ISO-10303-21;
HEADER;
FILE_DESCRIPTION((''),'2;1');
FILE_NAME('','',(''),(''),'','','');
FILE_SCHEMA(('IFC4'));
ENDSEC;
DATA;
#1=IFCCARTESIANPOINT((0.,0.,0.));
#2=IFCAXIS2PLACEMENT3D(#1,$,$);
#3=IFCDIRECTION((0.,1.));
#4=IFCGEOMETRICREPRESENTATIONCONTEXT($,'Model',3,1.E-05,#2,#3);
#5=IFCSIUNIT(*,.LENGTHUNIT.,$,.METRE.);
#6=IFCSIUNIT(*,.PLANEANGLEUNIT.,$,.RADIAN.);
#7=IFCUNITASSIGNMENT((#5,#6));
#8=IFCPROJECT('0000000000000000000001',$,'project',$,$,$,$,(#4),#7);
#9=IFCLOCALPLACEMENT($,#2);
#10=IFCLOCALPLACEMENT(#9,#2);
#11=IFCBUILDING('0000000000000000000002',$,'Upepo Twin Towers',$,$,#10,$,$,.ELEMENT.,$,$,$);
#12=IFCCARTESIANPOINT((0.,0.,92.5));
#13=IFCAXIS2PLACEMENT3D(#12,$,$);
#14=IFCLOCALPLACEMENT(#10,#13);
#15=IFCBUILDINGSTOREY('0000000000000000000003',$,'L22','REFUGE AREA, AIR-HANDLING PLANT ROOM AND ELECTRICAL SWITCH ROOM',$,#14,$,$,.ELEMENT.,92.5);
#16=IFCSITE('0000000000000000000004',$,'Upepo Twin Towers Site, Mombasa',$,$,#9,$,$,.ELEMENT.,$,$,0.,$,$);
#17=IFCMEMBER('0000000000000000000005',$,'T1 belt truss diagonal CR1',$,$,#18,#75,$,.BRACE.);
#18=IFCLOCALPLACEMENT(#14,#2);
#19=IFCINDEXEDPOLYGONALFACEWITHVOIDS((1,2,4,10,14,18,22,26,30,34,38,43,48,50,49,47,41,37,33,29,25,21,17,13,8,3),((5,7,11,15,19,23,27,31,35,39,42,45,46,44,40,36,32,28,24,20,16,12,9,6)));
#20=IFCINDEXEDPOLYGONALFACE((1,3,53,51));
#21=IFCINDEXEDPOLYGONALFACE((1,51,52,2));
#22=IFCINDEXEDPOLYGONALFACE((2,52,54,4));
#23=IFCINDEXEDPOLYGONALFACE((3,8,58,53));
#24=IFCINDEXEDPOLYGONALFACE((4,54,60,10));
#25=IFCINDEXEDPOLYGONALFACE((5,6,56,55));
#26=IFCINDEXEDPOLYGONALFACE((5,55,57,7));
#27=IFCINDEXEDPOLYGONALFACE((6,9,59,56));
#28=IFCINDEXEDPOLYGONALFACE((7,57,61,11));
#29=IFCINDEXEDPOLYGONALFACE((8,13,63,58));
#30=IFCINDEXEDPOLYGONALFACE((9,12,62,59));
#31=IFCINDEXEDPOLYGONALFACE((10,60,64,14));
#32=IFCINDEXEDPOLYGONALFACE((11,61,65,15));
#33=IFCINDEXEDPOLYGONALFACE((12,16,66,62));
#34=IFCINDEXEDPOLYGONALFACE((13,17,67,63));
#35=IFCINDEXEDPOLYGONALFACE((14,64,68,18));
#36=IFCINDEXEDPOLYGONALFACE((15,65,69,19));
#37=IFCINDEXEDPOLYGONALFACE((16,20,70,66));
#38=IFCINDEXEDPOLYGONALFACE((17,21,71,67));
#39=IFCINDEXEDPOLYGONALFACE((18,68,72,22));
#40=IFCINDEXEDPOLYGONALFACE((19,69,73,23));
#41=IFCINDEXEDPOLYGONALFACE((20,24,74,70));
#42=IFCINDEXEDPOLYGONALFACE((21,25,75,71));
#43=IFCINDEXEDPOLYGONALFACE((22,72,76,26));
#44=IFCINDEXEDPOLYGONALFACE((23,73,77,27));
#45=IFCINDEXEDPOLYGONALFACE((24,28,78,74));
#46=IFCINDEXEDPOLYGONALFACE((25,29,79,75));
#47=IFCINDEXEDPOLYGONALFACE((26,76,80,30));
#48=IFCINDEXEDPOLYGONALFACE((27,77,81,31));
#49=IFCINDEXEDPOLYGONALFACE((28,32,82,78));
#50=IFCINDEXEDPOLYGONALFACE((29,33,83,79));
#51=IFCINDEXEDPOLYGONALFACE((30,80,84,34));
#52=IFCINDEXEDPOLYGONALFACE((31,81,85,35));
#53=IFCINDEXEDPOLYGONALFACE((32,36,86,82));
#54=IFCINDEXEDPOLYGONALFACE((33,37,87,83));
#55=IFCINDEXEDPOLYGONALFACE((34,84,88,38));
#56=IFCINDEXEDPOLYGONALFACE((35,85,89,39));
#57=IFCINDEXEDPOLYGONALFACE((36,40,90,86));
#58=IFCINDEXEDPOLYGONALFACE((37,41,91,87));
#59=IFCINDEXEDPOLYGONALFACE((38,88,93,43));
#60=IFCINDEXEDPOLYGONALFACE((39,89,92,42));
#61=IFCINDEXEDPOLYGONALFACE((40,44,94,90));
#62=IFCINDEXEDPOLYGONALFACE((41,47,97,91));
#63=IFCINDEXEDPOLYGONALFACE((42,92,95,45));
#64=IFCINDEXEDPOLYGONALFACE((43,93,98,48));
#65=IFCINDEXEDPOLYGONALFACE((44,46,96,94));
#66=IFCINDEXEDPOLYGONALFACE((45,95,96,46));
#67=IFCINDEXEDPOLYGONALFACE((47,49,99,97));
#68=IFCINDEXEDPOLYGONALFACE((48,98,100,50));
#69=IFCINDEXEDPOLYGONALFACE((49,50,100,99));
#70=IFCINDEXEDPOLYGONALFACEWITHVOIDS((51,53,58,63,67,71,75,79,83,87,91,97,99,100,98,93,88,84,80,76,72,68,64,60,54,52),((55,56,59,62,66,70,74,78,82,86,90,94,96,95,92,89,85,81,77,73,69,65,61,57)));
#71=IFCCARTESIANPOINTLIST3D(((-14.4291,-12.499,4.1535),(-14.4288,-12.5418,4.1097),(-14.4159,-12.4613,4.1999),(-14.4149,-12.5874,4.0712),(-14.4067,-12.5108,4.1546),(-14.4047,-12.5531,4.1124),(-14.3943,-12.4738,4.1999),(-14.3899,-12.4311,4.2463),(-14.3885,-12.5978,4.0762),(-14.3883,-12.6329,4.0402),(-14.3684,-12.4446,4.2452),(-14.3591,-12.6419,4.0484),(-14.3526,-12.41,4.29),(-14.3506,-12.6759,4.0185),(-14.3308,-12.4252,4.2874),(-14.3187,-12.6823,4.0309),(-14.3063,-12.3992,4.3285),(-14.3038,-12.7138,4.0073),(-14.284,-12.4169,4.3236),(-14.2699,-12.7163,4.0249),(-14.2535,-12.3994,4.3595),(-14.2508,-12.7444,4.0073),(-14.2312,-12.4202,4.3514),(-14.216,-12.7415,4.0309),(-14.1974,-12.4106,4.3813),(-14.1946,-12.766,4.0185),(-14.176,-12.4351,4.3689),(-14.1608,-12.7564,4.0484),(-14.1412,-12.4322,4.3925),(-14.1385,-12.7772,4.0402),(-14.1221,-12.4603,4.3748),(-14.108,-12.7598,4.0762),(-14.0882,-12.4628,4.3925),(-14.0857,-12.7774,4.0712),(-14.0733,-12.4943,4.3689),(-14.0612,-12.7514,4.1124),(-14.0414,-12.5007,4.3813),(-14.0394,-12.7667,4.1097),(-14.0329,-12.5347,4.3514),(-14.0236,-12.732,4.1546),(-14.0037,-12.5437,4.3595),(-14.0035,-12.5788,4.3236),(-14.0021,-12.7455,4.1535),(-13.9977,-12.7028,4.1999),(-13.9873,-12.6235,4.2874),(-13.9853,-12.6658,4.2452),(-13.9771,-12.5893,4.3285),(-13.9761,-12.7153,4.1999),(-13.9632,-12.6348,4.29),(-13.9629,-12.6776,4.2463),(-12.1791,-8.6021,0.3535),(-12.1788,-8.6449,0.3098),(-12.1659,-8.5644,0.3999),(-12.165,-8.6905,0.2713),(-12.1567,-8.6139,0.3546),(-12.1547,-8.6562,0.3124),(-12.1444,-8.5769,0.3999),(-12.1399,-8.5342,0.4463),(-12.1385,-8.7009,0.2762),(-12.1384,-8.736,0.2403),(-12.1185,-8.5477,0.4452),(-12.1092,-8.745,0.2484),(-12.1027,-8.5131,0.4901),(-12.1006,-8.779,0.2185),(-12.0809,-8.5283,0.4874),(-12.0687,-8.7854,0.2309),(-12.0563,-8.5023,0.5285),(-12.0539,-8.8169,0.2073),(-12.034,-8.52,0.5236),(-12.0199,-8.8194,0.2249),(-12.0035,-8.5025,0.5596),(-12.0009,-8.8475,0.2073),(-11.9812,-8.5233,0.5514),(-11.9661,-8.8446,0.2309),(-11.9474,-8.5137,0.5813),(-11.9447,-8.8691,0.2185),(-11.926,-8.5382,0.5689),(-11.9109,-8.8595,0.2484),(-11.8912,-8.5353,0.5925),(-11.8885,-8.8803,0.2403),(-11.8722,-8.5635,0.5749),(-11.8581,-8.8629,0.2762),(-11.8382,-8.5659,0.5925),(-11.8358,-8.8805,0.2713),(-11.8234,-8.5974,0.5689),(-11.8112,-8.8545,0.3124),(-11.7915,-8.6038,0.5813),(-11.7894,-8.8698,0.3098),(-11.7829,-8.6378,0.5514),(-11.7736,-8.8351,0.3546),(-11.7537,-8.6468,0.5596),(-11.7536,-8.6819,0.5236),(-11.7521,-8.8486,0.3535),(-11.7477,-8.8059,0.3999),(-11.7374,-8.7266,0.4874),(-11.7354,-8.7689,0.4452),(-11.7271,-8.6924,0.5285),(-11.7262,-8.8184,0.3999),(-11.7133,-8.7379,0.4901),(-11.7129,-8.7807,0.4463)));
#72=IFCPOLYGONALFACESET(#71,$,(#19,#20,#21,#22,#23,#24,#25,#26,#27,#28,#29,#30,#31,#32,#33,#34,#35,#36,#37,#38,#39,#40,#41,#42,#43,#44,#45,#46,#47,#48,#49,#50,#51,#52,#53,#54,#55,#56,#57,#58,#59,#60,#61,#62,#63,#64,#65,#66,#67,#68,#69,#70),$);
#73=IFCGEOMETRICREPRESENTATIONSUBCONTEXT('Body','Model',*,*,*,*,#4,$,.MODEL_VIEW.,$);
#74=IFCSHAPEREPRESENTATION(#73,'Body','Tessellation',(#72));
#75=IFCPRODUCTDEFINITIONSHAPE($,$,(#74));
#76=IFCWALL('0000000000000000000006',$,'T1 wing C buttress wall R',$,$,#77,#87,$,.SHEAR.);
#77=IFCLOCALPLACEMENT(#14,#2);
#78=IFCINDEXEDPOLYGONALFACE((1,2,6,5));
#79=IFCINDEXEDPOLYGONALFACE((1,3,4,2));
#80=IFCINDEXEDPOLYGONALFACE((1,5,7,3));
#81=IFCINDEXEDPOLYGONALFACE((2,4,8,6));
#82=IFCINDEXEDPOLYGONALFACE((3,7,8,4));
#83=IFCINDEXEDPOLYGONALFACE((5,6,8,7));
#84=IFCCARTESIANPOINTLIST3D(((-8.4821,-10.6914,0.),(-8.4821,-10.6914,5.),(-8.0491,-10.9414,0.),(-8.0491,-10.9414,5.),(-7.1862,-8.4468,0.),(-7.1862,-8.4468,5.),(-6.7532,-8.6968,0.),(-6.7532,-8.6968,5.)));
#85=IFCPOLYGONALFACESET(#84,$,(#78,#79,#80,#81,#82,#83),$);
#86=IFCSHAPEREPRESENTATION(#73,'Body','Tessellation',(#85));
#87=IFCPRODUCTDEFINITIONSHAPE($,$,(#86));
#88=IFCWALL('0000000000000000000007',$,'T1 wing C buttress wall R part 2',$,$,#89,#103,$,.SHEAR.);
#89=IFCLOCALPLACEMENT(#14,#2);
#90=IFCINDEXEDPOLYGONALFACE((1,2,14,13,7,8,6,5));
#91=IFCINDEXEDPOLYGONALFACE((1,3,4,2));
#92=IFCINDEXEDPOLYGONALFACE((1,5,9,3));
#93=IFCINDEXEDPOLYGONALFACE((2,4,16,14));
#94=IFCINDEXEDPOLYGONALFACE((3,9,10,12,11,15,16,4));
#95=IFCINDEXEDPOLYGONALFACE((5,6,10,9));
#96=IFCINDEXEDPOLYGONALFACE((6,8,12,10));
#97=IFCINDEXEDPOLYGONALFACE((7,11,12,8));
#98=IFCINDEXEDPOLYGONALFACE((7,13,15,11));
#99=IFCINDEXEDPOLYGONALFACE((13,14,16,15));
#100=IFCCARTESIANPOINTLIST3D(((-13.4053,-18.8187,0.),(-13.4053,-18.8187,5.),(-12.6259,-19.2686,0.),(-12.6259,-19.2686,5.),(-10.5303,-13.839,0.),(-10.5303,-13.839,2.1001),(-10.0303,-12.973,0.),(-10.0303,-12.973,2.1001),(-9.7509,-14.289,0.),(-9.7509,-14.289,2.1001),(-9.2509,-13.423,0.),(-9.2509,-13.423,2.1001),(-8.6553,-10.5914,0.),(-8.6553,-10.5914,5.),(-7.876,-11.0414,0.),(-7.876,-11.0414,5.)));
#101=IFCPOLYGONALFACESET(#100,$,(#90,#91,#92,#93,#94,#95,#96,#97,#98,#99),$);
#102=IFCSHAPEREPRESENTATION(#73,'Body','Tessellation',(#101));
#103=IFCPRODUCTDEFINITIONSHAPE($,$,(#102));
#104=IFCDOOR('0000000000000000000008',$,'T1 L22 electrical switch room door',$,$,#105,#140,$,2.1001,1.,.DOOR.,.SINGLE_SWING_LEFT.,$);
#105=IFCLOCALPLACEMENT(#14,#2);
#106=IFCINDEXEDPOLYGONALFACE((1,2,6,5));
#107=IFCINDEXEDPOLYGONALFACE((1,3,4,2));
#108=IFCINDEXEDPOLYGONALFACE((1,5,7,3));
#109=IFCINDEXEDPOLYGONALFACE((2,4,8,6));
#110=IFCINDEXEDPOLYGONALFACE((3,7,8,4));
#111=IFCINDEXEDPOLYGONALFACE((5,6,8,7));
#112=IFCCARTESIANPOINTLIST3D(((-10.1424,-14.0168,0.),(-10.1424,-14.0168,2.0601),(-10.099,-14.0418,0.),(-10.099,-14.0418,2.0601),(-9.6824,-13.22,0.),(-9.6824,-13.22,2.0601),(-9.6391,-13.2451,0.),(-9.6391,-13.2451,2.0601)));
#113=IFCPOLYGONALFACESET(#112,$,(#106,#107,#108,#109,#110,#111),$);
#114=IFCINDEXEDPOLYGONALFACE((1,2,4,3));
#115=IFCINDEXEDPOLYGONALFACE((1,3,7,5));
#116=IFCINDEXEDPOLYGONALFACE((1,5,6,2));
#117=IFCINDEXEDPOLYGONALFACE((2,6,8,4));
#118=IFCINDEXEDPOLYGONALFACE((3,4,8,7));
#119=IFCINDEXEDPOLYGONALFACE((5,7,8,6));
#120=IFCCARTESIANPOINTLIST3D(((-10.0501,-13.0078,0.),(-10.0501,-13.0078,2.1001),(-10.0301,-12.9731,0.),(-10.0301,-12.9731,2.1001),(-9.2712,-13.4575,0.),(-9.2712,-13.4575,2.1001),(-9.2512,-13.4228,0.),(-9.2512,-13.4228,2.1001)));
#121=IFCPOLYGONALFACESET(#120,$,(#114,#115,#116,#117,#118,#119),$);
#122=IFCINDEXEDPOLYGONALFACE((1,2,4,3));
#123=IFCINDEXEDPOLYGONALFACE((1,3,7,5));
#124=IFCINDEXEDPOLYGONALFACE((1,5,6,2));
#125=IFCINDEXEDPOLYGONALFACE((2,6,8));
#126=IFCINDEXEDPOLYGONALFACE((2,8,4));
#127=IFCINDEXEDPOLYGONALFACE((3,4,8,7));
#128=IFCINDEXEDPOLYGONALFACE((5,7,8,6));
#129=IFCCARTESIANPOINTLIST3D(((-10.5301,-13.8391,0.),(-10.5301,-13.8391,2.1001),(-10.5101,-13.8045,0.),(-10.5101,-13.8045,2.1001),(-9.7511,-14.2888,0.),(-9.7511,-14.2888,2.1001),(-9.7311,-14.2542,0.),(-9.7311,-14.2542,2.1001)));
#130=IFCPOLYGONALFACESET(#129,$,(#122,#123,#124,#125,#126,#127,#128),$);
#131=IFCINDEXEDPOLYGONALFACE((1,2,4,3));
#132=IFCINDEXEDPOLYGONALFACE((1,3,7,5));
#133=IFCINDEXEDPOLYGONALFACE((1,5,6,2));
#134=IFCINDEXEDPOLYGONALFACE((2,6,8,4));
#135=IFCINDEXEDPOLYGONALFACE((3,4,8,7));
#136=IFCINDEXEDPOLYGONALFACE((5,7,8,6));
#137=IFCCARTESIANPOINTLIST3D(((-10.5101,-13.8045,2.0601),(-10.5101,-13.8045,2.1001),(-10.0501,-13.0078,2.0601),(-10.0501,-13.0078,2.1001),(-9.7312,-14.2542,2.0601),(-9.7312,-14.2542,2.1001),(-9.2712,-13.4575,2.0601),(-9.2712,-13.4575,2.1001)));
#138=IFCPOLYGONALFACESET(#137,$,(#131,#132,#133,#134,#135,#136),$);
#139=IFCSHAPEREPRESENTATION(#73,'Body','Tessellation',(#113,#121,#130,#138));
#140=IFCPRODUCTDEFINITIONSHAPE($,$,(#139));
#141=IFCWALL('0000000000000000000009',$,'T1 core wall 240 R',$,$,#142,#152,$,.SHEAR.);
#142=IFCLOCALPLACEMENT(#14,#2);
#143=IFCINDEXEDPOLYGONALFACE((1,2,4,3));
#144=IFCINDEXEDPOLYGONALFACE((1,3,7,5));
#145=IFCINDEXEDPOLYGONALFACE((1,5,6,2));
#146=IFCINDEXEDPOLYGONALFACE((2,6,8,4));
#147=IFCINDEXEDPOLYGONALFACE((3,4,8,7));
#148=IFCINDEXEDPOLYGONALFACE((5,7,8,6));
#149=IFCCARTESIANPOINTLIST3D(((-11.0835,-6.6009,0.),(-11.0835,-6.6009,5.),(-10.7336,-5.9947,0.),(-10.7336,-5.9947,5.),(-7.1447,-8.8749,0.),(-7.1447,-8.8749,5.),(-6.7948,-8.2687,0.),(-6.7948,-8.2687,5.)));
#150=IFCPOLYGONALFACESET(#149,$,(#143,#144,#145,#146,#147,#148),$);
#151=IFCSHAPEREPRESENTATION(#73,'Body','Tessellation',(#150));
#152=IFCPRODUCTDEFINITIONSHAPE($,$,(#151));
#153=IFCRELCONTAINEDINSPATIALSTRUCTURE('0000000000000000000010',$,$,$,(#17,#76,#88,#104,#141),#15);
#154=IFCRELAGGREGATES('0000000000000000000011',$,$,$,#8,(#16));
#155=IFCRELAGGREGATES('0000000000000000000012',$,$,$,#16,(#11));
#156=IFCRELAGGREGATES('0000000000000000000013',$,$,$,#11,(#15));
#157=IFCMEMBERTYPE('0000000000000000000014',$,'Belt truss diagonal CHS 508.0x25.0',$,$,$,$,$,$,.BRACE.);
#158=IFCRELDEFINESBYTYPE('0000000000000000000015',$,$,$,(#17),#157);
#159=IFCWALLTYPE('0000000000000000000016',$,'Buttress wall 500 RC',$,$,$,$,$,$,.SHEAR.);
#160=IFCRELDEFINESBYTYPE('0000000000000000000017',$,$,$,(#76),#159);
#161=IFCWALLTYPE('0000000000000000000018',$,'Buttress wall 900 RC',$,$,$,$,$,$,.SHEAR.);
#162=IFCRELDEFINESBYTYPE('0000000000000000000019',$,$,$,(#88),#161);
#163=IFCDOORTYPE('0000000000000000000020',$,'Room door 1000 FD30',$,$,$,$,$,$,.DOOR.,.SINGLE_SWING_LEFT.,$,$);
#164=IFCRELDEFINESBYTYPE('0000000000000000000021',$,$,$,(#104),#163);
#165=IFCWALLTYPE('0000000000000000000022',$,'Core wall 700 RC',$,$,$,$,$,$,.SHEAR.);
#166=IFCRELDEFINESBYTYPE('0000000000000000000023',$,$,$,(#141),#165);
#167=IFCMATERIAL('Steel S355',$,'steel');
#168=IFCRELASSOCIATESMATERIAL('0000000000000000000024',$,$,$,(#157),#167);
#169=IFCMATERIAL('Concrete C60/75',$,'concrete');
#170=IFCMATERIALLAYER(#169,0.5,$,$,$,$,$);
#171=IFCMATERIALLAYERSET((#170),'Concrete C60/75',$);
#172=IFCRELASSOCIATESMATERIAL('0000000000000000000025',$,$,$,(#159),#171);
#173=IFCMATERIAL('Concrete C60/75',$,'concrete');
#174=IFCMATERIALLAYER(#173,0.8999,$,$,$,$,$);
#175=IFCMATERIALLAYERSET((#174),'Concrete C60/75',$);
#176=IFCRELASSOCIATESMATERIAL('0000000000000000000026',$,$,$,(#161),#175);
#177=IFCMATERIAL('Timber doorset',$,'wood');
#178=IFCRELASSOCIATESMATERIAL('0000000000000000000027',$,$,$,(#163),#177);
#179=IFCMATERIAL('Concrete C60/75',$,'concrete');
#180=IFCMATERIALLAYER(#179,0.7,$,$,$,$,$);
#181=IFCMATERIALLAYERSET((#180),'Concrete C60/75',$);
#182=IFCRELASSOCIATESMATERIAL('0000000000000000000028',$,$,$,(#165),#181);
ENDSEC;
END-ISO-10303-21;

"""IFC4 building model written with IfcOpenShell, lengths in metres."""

from ifc_helpers import new_model, si_unit, direction, frame, frame_2d, origin, origin_2d, place, context, subcontext, project, spatial, rectangle, hollow_circle, extrude, material, layer, layer_set, material_profile, profile_set, type_object, element, fill, save


model = new_model("IFC4")

# Units and contexts
model_context = context("Model", 3, precision=1e-05, world=origin(), true_north=direction((0.0, 1.0)))
body_context = subcontext(model_context, "Body", "Model", "MODEL_VIEW")
ifc_project = project(units=[si_unit("LENGTHUNIT", "METRE"), si_unit("PLANEANGLEUNIT", "RADIAN")], contexts=[model_context])

# Site, building, storey
site_placement = place(None, origin())
site = spatial("IfcSite", under=ifc_project, at=site_placement, Name="Upepo Twin Towers Site, Mombasa", CompositionType="ELEMENT", RefElevation=0.0)
building_placement = place(site_placement, origin())
building = spatial("IfcBuilding", under=site, at=building_placement, Name="Upepo Twin Towers", CompositionType="ELEMENT")
storey_placement = place(building_placement, frame((0.0, 0.0, 92.5)))
storey = spatial("IfcBuildingStorey", under=building, at=storey_placement, Name="L22", Description="REFUGE AREA, AIR-HANDLING PLANT ROOM AND ELECTRICAL SWITCH ROOM", CompositionType="ELEMENT", Elevation=92.5)

# Member
ifc_material_1 = material(Name="Steel S355", Category="steel")
ifc_material_profile_1 = material_profile(ifc_material_1, hollow_circle(Radius=0.2539, WallThickness=0.0249, at=origin_2d()), Name="CHS 508.0x25.0")
ifc_profile_set_1 = profile_set([ifc_material_profile_1], Name="Steel S355")
member_type = type_object("IfcMemberType", Name="Belt truss diagonal CHS 508.0x25.0", PredefinedType="BRACE", material=ifc_profile_set_1)
member_placement = place(storey_placement, frame((-11.946, -8.6914, 0.3999), z_axis=(-0.382019, -0.661652, 0.645196), x_axis=(0.866018, -0.500014, 0.0)))
element("IfcMember", 1, at=member_placement, inside=storey, type_object=member_type, Name="T1 belt truss diagonal CR1", PredefinedType="BRACE", context=body_context, shape_type="SweptSolid", body=[
    extrude(hollow_circle(Radius=0.2539, WallThickness=0.0249, at=origin_2d()), origin(), (0.0, 0.0, 1.0), 5.8896),
])

# Wall
ifc_material_2 = material(Name="Concrete C60/75", Category="concrete")
ifc_layer_1 = layer(ifc_material_2, 0.5)
ifc_layer_set_1 = layer_set([ifc_layer_1], Name="Concrete C60/75")
wall_type_1 = type_object("IfcWallType", Name="Buttress wall 500 RC", PredefinedType="SHEAR", material=ifc_layer_set_1)
wall_1_placement = place(storey_placement, frame((-6.9697, -8.5718, 0.0), z_axis=(0.0, 0.0, 1.0), x_axis=(-0.499989, -0.866032, 0.0)))
element("IfcWall", 2, at=wall_1_placement, inside=storey, type_object=wall_type_1, Name="T1 wing C buttress wall R", PredefinedType="SHEAR", context=body_context, shape_type="SweptSolid", body=[
    extrude(rectangle(XDim=2.5918, YDim=0.5, at=frame_2d((1.2959, 0.0))), origin(), (0.0, 0.0, 1.0), 5.0),
])

# Wall, opening, door
ifc_material_3 = material(Name="Concrete C60/75", Category="concrete")
ifc_layer_2 = layer(ifc_material_3, 0.8999)
ifc_layer_set_2 = layer_set([ifc_layer_2], Name="Concrete C60/75")
wall_type_2 = type_object("IfcWallType", Name="Buttress wall 900 RC", PredefinedType="SHEAR", material=ifc_layer_set_2)
wall_2_placement = place(storey_placement, frame((-8.2656, -10.8164, 0.0), z_axis=(0.0, 0.0, 1.0), x_axis=(-0.499998, -0.866027, 0.0)))
wall_2 = element("IfcWall", 3, at=wall_2_placement, inside=storey, type_object=wall_type_2, Name="T1 wing C buttress wall R part 2", PredefinedType="SHEAR", context=body_context, shape_type="SweptSolid", body=[
    extrude(rectangle(XDim=9.5, YDim=0.8999, at=frame_2d((4.75, 0.0))), origin(), (0.0, 0.0, 1.0), 5.0),
])
opening_1_placement = place(wall_2_placement, frame((2.75, 0.0, 0.0)))
opening_1 = element("IfcOpeningElement", 4, at=opening_1_placement, cuts=wall_2, PredefinedType="OPENING", context=body_context, shape_type="SweptSolid", body=[
    extrude(rectangle(XDim=1.0, YDim=2.1001, at=frame_2d((0.5, 1.05))), frame((0.0, 0.46, 0.0), z_axis=(0.0, -1.0, 0.0), x_axis=(1.0, 0.0, 0.0)), (0.0, 0.0, 1.0), 0.9199),
])
ifc_material_4 = material(Name="Timber doorset", Category="wood")
door_type_1 = type_object("IfcDoorType", Name="Room door 1000 FD30", OperationType="SINGLE_SWING_LEFT", PredefinedType="DOOR", material=ifc_material_4)
door_1_placement = place(opening_1_placement, origin())
door_1 = element("IfcDoor", 5, at=door_1_placement, inside=storey, type_object=door_type_1, Name="T1 L22 electrical switch room door", OperationType="SINGLE_SWING_LEFT", OverallHeight=2.1001, OverallWidth=1.0, PredefinedType="DOOR", context=body_context, shape_type="SweptSolid", body=[
    extrude(rectangle(XDim=0.92, YDim=2.0601, at=frame_2d((0.5, 1.03))), frame((0.0, 0.0249, 0.0), z_axis=(0.0, -1.0, 0.0), x_axis=(1.0, 0.0, 0.0)), (0.0, 0.0, 1.0), 0.05),
    extrude(rectangle(XDim=0.04, YDim=2.1001, at=frame_2d((0.02, 1.05))), frame((0.0, 0.4497, 0.0), z_axis=(0.0, -1.0, 0.0), x_axis=(1.0, 0.0, 0.0)), (0.0, 0.0, 1.0), 0.8994),
    extrude(rectangle(XDim=0.04, YDim=2.1001, at=frame_2d((0.98, 1.05))), frame((0.0, 0.4497, 0.0), z_axis=(0.0, -1.0, 0.0), x_axis=(1.0, 0.0, 0.0)), (0.0, 0.0, 1.0), 0.8994),
    extrude(rectangle(XDim=0.92, YDim=0.04, at=frame_2d((0.5, 2.0801))), frame((0.0, 0.4497, 0.0), z_axis=(0.0, -1.0, 0.0), x_axis=(1.0, 0.0, 0.0)), (0.0, 0.0, 1.0), 0.8994),
])
fill(opening_1, door_1)

# Wall
ifc_material_5 = material(Name="Concrete C60/75", Category="concrete")
ifc_layer_3 = layer(ifc_material_5, 0.7)
ifc_layer_set_3 = layer_set([ifc_layer_3], Name="Concrete C60/75")
wall_type_3 = type_object("IfcWallType", Name="Core wall 700 RC", PredefinedType="SHEAR", material=ifc_layer_set_3)
wall_3_placement = place(storey_placement, frame((-10.9084, -6.2979, 0.0), z_axis=(0.0, 0.0, 1.0), x_axis=(0.866035, -0.499984, 0.0)))
element("IfcWall", 6, at=wall_3_placement, inside=storey, type_object=wall_type_3, Name="T1 core wall 240 R", PredefinedType="SHEAR", context=body_context, shape_type="SweptSolid", body=[
    extrude(rectangle(XDim=4.5481, YDim=0.7, at=frame_2d((2.2739, 0.0))), origin(), (0.0, 0.0, 1.0), 5.0),
])

save(model, "model.ifc")
